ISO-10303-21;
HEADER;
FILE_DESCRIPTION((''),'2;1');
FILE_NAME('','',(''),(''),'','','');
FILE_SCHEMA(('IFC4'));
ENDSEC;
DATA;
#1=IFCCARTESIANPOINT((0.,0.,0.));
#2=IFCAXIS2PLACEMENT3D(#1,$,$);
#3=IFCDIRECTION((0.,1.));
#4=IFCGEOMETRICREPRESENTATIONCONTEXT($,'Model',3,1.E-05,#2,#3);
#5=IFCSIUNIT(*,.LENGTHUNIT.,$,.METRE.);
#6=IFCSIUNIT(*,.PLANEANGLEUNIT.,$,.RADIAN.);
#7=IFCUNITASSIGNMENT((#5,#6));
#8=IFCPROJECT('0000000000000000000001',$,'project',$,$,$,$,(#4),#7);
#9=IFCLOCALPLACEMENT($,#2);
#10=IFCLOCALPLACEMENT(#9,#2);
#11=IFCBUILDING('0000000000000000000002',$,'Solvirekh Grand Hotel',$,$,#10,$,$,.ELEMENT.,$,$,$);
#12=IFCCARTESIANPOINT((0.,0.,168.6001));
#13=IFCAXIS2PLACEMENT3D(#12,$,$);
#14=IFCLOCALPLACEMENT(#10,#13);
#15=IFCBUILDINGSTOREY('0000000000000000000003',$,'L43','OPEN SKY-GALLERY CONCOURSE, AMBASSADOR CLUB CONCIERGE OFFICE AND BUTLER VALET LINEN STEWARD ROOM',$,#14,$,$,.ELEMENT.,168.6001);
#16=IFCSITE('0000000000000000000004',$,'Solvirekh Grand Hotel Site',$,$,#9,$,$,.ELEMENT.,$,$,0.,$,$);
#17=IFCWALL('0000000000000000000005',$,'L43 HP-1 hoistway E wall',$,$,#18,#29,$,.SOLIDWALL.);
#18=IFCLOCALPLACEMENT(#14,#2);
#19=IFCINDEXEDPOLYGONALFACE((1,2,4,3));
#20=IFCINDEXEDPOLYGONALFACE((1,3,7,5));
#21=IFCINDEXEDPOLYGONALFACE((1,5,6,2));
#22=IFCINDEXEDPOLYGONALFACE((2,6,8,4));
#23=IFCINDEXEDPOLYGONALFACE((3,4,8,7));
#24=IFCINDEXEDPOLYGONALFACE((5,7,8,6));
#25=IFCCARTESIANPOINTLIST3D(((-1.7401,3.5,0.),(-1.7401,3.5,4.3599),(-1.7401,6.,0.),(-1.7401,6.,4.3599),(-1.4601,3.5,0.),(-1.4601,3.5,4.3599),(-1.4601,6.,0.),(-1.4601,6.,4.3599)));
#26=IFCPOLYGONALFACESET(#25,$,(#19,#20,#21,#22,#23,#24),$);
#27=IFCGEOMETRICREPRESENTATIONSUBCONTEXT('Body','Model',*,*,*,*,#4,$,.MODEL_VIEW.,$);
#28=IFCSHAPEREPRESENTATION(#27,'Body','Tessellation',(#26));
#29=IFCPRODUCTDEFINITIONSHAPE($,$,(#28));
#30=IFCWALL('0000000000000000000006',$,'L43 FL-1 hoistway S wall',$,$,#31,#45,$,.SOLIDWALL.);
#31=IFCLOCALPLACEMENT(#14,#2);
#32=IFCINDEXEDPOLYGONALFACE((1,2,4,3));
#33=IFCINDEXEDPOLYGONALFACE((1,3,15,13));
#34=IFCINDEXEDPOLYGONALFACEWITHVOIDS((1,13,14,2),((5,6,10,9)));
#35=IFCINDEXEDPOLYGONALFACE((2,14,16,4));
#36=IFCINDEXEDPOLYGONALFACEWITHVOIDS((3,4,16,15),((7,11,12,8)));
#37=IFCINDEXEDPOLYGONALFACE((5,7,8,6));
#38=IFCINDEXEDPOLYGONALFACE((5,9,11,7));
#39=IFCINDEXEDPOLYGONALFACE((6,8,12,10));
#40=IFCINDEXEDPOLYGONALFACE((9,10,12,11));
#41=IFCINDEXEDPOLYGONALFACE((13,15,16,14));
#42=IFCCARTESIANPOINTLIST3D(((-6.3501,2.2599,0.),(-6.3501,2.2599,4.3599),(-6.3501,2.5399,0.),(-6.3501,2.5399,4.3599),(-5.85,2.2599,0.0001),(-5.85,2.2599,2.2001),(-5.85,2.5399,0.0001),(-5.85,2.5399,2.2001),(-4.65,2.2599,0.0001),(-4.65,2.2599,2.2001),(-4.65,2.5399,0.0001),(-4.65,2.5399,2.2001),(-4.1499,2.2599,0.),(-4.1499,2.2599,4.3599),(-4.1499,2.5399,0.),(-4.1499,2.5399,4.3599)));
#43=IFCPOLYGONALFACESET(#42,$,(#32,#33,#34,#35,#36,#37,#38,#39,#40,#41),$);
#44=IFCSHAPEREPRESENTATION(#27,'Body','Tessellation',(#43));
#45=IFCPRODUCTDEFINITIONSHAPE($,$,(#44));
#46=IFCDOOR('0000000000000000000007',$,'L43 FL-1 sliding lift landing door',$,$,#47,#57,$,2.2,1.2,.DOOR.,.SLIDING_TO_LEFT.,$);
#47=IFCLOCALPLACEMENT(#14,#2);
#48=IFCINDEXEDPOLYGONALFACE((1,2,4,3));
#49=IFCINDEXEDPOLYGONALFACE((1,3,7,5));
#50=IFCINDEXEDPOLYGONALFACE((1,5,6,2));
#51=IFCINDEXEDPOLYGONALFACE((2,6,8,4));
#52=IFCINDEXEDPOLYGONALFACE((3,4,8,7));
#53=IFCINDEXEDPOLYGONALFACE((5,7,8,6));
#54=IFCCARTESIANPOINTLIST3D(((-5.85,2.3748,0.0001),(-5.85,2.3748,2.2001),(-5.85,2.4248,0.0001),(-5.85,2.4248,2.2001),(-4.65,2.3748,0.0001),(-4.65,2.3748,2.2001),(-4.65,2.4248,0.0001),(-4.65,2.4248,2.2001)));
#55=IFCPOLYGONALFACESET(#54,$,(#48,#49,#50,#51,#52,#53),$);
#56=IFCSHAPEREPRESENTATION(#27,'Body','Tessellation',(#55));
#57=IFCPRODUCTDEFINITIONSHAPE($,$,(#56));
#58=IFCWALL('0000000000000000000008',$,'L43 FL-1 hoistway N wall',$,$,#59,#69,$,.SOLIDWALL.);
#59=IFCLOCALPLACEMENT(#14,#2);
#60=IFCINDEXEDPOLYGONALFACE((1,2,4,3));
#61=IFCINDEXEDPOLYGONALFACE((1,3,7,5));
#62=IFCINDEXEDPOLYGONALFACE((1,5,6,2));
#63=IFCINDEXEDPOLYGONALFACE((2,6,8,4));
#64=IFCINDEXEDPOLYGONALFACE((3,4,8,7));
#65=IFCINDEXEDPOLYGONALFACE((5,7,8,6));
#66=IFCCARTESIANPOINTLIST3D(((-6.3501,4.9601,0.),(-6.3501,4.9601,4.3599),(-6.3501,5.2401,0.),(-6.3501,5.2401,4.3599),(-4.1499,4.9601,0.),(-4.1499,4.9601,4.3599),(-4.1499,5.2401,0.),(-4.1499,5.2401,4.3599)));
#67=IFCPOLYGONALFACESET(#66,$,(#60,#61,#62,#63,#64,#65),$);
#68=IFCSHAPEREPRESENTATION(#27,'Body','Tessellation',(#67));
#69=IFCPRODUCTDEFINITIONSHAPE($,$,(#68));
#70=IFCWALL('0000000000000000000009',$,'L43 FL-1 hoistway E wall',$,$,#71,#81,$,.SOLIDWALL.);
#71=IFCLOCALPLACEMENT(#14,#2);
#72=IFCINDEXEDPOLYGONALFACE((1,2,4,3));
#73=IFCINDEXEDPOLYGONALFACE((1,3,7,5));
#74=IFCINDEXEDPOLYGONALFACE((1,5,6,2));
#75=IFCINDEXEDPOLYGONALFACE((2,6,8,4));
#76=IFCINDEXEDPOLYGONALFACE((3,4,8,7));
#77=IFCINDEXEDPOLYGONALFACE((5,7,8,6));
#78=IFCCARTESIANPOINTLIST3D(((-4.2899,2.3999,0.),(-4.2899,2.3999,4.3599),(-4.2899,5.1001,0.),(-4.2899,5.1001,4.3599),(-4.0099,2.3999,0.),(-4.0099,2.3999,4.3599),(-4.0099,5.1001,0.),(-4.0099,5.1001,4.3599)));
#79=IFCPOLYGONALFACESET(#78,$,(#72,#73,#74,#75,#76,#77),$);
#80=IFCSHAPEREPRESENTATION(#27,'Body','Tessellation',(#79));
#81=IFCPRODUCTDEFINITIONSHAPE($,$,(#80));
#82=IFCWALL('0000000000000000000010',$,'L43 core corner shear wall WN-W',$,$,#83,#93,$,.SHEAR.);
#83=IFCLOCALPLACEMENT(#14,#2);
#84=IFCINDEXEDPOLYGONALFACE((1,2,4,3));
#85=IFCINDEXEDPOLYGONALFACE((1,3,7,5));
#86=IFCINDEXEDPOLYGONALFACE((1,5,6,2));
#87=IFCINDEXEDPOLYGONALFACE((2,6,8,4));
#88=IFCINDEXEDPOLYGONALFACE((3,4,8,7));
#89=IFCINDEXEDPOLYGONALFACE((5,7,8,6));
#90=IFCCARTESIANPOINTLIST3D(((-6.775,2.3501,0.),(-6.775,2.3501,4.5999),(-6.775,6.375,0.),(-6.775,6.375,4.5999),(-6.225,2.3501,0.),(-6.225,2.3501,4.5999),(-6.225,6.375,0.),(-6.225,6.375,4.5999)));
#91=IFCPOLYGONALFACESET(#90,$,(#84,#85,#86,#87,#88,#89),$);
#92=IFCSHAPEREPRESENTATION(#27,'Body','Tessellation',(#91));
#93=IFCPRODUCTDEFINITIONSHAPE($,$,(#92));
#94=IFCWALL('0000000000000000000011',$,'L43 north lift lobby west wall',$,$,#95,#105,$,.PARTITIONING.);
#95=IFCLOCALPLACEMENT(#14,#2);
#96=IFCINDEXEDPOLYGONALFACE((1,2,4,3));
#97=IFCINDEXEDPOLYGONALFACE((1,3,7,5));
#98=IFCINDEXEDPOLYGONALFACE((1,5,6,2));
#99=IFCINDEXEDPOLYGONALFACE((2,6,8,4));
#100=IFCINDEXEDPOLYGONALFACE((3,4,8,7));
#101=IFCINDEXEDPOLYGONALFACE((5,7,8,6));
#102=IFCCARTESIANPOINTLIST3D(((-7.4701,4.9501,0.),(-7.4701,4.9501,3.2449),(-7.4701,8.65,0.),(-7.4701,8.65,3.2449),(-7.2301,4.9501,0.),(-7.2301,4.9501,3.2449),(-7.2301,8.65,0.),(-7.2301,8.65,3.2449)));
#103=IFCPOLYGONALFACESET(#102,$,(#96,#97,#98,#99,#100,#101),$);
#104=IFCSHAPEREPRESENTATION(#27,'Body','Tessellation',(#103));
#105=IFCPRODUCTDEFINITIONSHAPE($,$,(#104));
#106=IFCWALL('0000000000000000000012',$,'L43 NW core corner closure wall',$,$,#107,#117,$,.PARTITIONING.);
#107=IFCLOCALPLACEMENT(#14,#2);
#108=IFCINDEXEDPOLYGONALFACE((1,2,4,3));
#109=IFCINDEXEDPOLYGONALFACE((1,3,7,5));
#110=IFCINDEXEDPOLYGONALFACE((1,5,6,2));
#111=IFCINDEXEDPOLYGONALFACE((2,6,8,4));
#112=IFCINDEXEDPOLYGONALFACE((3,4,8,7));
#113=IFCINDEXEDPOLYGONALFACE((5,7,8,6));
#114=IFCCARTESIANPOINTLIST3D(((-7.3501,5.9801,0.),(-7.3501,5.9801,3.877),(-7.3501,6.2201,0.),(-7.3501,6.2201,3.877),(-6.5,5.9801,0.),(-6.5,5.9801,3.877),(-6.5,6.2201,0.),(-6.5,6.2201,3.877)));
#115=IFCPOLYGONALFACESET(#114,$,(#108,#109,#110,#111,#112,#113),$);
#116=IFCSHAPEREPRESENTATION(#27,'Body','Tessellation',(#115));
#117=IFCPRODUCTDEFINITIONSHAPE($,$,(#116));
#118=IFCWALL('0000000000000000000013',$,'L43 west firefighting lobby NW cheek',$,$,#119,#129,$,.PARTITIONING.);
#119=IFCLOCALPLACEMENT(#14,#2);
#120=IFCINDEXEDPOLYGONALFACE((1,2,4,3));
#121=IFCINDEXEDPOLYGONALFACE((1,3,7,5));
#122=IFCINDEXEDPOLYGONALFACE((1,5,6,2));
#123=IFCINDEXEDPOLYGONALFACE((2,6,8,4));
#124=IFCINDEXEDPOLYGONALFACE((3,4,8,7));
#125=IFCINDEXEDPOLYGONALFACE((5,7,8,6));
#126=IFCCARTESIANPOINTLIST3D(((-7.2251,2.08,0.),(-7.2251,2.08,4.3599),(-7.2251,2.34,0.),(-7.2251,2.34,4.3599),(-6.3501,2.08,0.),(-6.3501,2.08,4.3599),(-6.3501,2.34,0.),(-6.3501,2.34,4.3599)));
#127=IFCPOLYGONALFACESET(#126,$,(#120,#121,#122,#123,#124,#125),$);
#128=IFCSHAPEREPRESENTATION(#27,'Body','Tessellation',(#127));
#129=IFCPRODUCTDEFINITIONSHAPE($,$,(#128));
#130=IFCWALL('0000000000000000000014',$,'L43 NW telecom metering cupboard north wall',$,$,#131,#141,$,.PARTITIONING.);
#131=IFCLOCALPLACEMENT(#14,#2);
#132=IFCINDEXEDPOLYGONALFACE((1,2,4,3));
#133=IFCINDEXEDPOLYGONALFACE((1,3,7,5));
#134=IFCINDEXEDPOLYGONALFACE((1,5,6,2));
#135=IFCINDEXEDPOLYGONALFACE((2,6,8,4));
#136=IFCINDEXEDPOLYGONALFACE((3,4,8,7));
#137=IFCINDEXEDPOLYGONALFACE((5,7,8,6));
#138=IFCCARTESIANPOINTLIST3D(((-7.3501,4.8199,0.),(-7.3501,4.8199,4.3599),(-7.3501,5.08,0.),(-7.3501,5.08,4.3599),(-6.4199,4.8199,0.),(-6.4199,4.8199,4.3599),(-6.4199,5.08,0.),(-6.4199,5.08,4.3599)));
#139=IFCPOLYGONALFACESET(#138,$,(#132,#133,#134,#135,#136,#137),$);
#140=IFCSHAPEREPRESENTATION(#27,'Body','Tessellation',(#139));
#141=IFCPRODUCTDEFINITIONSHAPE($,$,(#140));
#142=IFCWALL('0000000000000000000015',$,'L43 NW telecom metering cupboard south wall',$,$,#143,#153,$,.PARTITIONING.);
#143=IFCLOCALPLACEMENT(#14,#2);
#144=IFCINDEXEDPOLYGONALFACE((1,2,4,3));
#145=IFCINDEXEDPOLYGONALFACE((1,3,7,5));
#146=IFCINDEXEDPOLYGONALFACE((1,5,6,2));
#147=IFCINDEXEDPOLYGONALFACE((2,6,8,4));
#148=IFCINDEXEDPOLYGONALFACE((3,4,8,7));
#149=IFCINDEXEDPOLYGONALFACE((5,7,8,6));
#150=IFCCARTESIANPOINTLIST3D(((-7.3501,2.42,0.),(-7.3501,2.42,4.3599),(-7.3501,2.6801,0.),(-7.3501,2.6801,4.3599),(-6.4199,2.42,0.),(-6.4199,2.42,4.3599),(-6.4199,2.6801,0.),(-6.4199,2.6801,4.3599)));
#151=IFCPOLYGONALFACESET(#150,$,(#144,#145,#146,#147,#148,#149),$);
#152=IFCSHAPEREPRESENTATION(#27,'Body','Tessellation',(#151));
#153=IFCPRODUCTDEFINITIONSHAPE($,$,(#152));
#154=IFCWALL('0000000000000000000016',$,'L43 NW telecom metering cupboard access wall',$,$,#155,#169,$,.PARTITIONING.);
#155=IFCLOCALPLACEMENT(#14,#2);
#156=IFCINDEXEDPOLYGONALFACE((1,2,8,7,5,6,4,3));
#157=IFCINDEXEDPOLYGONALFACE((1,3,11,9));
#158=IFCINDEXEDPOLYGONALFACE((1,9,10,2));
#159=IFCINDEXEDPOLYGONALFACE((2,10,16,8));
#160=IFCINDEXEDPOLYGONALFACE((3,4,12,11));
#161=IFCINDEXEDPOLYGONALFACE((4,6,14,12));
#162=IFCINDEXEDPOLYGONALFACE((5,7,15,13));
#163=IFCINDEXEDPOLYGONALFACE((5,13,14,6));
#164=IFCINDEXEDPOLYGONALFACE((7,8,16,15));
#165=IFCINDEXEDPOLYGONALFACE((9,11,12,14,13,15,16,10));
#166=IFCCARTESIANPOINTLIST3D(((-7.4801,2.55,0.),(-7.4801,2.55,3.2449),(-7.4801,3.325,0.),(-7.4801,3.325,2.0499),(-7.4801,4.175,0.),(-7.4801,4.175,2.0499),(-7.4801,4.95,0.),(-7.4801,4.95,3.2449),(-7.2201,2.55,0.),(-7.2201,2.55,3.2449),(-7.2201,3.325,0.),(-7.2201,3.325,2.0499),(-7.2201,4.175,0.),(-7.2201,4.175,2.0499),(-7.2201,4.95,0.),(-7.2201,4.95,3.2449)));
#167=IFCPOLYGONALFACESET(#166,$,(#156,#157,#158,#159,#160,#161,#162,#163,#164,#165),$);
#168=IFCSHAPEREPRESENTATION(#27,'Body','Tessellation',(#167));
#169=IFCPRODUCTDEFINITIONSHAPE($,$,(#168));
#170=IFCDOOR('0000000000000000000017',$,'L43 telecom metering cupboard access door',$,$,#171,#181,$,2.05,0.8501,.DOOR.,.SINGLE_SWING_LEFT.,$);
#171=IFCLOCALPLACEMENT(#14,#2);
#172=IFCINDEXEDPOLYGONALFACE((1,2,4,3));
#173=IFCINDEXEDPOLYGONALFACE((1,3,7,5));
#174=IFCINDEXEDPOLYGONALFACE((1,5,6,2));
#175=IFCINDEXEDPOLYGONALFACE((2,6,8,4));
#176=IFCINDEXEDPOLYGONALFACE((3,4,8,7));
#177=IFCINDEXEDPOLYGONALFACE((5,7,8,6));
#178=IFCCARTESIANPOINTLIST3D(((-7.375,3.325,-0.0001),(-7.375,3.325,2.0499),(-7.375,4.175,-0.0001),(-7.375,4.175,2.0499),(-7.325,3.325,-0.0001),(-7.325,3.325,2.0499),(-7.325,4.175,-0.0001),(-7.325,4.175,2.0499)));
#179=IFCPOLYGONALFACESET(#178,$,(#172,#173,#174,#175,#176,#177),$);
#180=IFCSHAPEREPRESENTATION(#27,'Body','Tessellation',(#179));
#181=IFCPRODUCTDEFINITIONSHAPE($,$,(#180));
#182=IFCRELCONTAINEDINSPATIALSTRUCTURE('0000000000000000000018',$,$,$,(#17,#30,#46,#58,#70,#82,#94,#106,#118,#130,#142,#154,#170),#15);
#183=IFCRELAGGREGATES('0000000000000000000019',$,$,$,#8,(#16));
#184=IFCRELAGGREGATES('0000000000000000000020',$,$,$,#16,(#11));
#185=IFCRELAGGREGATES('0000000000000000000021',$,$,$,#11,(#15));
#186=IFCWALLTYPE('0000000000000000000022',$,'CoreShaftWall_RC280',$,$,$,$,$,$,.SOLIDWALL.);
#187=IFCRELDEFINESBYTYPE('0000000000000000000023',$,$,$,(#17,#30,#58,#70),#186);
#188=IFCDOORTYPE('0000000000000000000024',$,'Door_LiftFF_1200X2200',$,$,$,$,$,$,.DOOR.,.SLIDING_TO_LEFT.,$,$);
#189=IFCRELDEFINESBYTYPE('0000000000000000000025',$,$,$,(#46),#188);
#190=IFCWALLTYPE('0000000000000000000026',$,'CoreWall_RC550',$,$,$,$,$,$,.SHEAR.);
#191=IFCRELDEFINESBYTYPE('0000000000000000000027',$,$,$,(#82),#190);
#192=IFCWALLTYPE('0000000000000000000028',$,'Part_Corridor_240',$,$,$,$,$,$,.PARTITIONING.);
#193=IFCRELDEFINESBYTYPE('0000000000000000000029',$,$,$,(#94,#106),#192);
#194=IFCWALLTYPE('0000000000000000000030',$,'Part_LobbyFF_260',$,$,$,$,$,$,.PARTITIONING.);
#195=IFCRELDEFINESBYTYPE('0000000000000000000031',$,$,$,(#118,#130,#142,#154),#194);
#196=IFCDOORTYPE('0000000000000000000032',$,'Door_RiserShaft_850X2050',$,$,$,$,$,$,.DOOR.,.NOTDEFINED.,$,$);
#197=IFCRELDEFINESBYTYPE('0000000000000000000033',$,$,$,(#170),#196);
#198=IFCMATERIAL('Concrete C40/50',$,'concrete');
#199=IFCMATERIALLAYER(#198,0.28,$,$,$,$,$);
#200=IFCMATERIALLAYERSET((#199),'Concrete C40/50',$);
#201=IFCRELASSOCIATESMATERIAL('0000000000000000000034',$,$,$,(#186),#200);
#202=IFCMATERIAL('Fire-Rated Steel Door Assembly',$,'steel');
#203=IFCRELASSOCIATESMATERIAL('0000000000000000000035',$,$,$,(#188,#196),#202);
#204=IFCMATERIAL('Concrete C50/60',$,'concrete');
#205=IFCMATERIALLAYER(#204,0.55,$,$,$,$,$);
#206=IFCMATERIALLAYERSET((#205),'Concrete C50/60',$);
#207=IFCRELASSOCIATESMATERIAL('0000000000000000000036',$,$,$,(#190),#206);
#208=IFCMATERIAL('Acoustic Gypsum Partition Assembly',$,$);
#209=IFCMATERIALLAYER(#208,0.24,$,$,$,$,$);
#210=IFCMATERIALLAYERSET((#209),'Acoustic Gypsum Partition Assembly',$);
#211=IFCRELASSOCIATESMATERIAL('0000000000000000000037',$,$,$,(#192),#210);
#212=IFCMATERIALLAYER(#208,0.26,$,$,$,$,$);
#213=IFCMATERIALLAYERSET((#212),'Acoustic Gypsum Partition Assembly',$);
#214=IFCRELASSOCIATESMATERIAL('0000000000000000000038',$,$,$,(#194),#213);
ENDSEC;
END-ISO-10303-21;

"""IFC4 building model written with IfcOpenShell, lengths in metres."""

from ifc_helpers import new_model, si_unit, direction, frame, frame_2d, origin, place, context, subcontext, project, spatial, rectangle, extrude, material, layer, layer_set, type_object, element, fill, save


model = new_model("IFC4")

# Units and contexts
model_context = context("Model", 3, precision=1e-05, world=origin(), true_north=direction((0.0, 1.0)))
body_context = subcontext(model_context, "Body", "Model", "MODEL_VIEW")
ifc_project = project(units=[si_unit("LENGTHUNIT", "METRE"), si_unit("PLANEANGLEUNIT", "RADIAN")], contexts=[model_context])

# Site, building, storey
site_placement = place(None, origin())
site = spatial("IfcSite", under=ifc_project, at=site_placement, Name="Solvirekh Grand Hotel Site", CompositionType="ELEMENT", RefElevation=0.0)
building_placement = place(site_placement, origin())
building = spatial("IfcBuilding", under=site, at=building_placement, Name="Solvirekh Grand Hotel", CompositionType="ELEMENT")
storey_placement = place(building_placement, frame((0.0, 0.0, 168.6001)))
storey = spatial("IfcBuildingStorey", under=building, at=storey_placement, Name="L43", Description="OPEN SKY-GALLERY CONCOURSE, AMBASSADOR CLUB CONCIERGE OFFICE AND BUTLER VALET LINEN STEWARD ROOM", CompositionType="ELEMENT", Elevation=168.6001)

# Shared definitions
ifc_material_1 = material(Name="Concrete C50/60", Category="concrete")

# Shared definitions
ifc_material_2 = material(Name="Concrete C40/50", Category="concrete")
ifc_layer_1 = layer(ifc_material_2, 0.28)
ifc_layer_set_1 = layer_set([ifc_layer_1], Name="Concrete C40/50")
wall_type_1 = type_object("IfcWallType", Name="CoreShaftWall_RC280", PredefinedType="SOLIDWALL", material=ifc_layer_set_1)
ifc_material_3 = material(Name="Fire-Rated Steel Door Assembly", Category="steel")

# Wall
for number, where, z_axis, x_axis, name in (
    (1, (-1.6001, 3.5, 0.0), (0.0, 0.0, 1.0), (0.0, 1.0, 0.0), "L43 HP-1 hoistway E wall"),
):
    element("IfcWall", number, at=place(storey_placement, frame(where, z_axis=z_axis, x_axis=x_axis)), inside=storey, type_object=wall_type_1, Name=name, PredefinedType="SOLIDWALL", context=body_context, shape_type="SweptSolid", body=[
        extrude(rectangle(XDim=2.5, YDim=0.28, at=frame_2d((1.25, 0.0))), origin(), (0.0, 0.0, 1.0), 4.3599),
    ])

# Wall, opening, door
wall_1_placement = place(storey_placement, frame((-6.3501, 2.3999, 0.0), z_axis=(0.0, 0.0, 1.0), x_axis=(1.0, 0.0, 0.0)))
wall_1 = element("IfcWall", 2, at=wall_1_placement, inside=storey, type_object=wall_type_1, Name="L43 FL-1 hoistway S wall", PredefinedType="SOLIDWALL", context=body_context, shape_type="SweptSolid", body=[
    extrude(rectangle(XDim=2.2002, YDim=0.28, at=frame_2d((1.1001, 0.0))), origin(), (0.0, 0.0, 1.0), 4.3599),
])
opening_1_placement = place(wall_1_placement, frame((0.5, 0.0, 0.0)))
opening_1 = element("IfcOpeningElement", 3, at=opening_1_placement, cuts=wall_1, PredefinedType="OPENING", context=body_context, shape_type="SweptSolid", body=[
    extrude(rectangle(XDim=1.2, YDim=2.2, at=frame_2d((0.6001, 1.1001))), frame((0.0, 0.1499, 0.0), z_axis=(0.0, -1.0, 0.0), x_axis=(1.0, 0.0, 0.0)), (0.0, 0.0, 1.0), 0.3),
])
door_type_1 = type_object("IfcDoorType", Name="Door_LiftFF_1200X2200", OperationType="SLIDING_TO_LEFT", PredefinedType="DOOR", material=ifc_material_3)
door_1_placement = place(opening_1_placement, origin())
door_1 = element("IfcDoor", 4, at=door_1_placement, inside=storey, type_object=door_type_1, Name="L43 FL-1 sliding lift landing door", OperationType="SLIDING_TO_LEFT", OverallHeight=2.2, OverallWidth=1.2, PredefinedType="DOOR", context=body_context, shape_type="SweptSolid", body=[
    extrude(rectangle(XDim=1.2, YDim=2.2, at=frame_2d((0.6001, 1.1001))), frame((0.0, 0.0249, 0.0), z_axis=(0.0, -1.0, 0.0), x_axis=(1.0, 0.0, 0.0)), (0.0, 0.0, 1.0), 0.05),
])
fill(opening_1, door_1)

# Walls
wall_2_placement = place(storey_placement, frame((-4.1499, 5.1001, 0.0), z_axis=(0.0, 0.0, 1.0), x_axis=(-1.0, 0.0, 0.0)))
element("IfcWall", 5, at=wall_2_placement, inside=storey, type_object=wall_type_1, Name="L43 FL-1 hoistway N wall", PredefinedType="SOLIDWALL", context=body_context, shape_type="SweptSolid", body=[
    extrude(rectangle(XDim=2.2002, YDim=0.28, at=frame_2d((1.1001, 0.0))), origin(), (0.0, 0.0, 1.0), 4.3599),
])
wall_3_placement = place(storey_placement, frame((-4.1499, 2.3999, 0.0), z_axis=(0.0, 0.0, 1.0), x_axis=(0.0, 1.0, 0.0)))
element("IfcWall", 6, at=wall_3_placement, inside=storey, type_object=wall_type_1, Name="L43 FL-1 hoistway E wall", PredefinedType="SOLIDWALL", context=body_context, shape_type="SweptSolid", body=[
    extrude(rectangle(XDim=2.7002, YDim=0.28, at=frame_2d((1.3501, 0.0))), origin(), (0.0, 0.0, 1.0), 4.3599),
])
ifc_layer_2 = layer(ifc_material_1, 0.55)
ifc_layer_set_2 = layer_set([ifc_layer_2], Name="Concrete C50/60")
wall_type_2 = type_object("IfcWallType", Name="CoreWall_RC550", PredefinedType="SHEAR", material=ifc_layer_set_2)
wall_4_placement = place(storey_placement, frame((-6.5, 2.3501, 0.0), z_axis=(0.0, 0.0, 1.0), x_axis=(0.0, 1.0, 0.0)))
element("IfcWall", 7, at=wall_4_placement, inside=storey, type_object=wall_type_2, Name="L43 core corner shear wall WN-W", PredefinedType="SHEAR", context=body_context, shape_type="SweptSolid", body=[
    extrude(rectangle(XDim=4.0249, YDim=0.55, at=frame_2d((2.0125, 0.0))), origin(), (0.0, 0.0, 1.0), 4.5999),
])
ifc_material_4 = material(Name="Acoustic Gypsum Partition Assembly")
ifc_layer_3 = layer(ifc_material_4, 0.24)
ifc_layer_set_3 = layer_set([ifc_layer_3], Name="Acoustic Gypsum Partition Assembly")
wall_type_3 = type_object("IfcWallType", Name="Part_Corridor_240", PredefinedType="PARTITIONING", material=ifc_layer_set_3)
wall_5_placement = place(storey_placement, frame((-7.3501, 4.95, 0.0), z_axis=(0.0, 0.0, 1.0), x_axis=(0.0, 1.0, 0.0)))
element("IfcWall", 8, at=wall_5_placement, inside=storey, type_object=wall_type_3, Name="L43 north lift lobby west wall", PredefinedType="PARTITIONING", context=body_context, shape_type="SweptSolid", body=[
    extrude(rectangle(XDim=3.7, YDim=0.24, at=frame_2d((1.8501, 0.0))), origin(), (0.0, 0.0, 1.0), 3.2449),
])
wall_6_placement = place(storey_placement, frame((-7.3501, 6.1001, 0.0), z_axis=(0.0, 0.0, 1.0), x_axis=(1.0, 0.0, 0.0)))
element("IfcWall", 9, at=wall_6_placement, inside=storey, type_object=wall_type_3, Name="L43 NW core corner closure wall", PredefinedType="PARTITIONING", context=body_context, shape_type="SweptSolid", body=[
    extrude(rectangle(XDim=0.8501, YDim=0.24, at=frame_2d((0.425, 0.0))), origin(), (0.0, 0.0, 1.0), 3.877),
])
ifc_layer_4 = layer(ifc_material_4, 0.26)
ifc_layer_set_4 = layer_set([ifc_layer_4], Name="Acoustic Gypsum Partition Assembly")
wall_type_4 = type_object("IfcWallType", Name="Part_LobbyFF_260", PredefinedType="PARTITIONING", material=ifc_layer_set_4)
wall_7_placement = place(storey_placement, frame((-7.2251, 2.21, 0.0), z_axis=(0.0, 0.0, 1.0), x_axis=(1.0, 0.0, 0.0)))
element("IfcWall", 10, at=wall_7_placement, inside=storey, type_object=wall_type_4, Name="L43 west firefighting lobby NW cheek", PredefinedType="PARTITIONING", context=body_context, shape_type="SweptSolid", body=[
    extrude(rectangle(XDim=0.875, YDim=0.26, at=frame_2d((0.4375, 0.0))), origin(), (0.0, 0.0, 1.0), 4.3599),
])
for number, where, z_axis, x_axis, name in (
    (11, (-7.3501, 4.95, 0.0), (0.0, 0.0, 1.0), (1.0, 0.0, 0.0), "L43 NW telecom metering cupboard north wall"),
    (12, (-7.3501, 2.55, 0.0), (0.0, 0.0, 1.0), (1.0, 0.0, 0.0), "L43 NW telecom metering cupboard south wall"),
):
    element("IfcWall", number, at=place(storey_placement, frame(where, z_axis=z_axis, x_axis=x_axis)), inside=storey, type_object=wall_type_4, Name=name, PredefinedType="PARTITIONING", context=body_context, shape_type="SweptSolid", body=[
        extrude(rectangle(XDim=0.9302, YDim=0.26, at=frame_2d((0.4651, 0.0))), origin(), (0.0, 0.0, 1.0), 4.3599),
    ])

# Wall, opening, door
wall_8_placement = place(storey_placement, frame((-7.3501, 2.55, 0.0), z_axis=(0.0, 0.0, 1.0), x_axis=(0.0, 1.0, 0.0)))
wall_8 = element("IfcWall", 13, at=wall_8_placement, inside=storey, type_object=wall_type_4, Name="L43 NW telecom metering cupboard access wall", PredefinedType="PARTITIONING", context=body_context, shape_type="SweptSolid", body=[
    extrude(rectangle(XDim=2.3999, YDim=0.26, at=frame_2d((1.2, 0.0))), origin(), (0.0, 0.0, 1.0), 3.2449),
])
opening_2_placement = place(wall_8_placement, frame((0.7749, 0.0, 0.0)))
opening_2 = element("IfcOpeningElement", 14, at=opening_2_placement, cuts=wall_8, PredefinedType="OPENING", context=body_context, shape_type="SweptSolid", body=[
    extrude(rectangle(XDim=0.8501, YDim=2.05, at=frame_2d((0.425, 1.0249))), frame((0.0, 0.1401, 0.0), z_axis=(0.0, -1.0, 0.0), x_axis=(1.0, 0.0, 0.0)), (0.0, 0.0, 1.0), 0.28),
])
door_type_2 = type_object("IfcDoorType", Name="Door_RiserShaft_850X2050", OperationType="NOTDEFINED", PredefinedType="DOOR", material=ifc_material_3)
door_2_placement = place(opening_2_placement, origin())
door_2 = element("IfcDoor", 15, at=door_2_placement, inside=storey, type_object=door_type_2, Name="L43 telecom metering cupboard access door", OperationType="SINGLE_SWING_LEFT", OverallHeight=2.05, OverallWidth=0.8501, PredefinedType="DOOR", context=body_context, shape_type="SweptSolid", body=[
    extrude(rectangle(XDim=0.8501, YDim=2.05, at=frame_2d((0.425, 1.0249))), frame((0.0, 0.0249, 0.0), z_axis=(0.0, -1.0, 0.0), x_axis=(1.0, 0.0, 0.0)), (0.0, 0.0, 1.0), 0.05),
])
fill(opening_2, door_2)

save(model, "model.ifc")
